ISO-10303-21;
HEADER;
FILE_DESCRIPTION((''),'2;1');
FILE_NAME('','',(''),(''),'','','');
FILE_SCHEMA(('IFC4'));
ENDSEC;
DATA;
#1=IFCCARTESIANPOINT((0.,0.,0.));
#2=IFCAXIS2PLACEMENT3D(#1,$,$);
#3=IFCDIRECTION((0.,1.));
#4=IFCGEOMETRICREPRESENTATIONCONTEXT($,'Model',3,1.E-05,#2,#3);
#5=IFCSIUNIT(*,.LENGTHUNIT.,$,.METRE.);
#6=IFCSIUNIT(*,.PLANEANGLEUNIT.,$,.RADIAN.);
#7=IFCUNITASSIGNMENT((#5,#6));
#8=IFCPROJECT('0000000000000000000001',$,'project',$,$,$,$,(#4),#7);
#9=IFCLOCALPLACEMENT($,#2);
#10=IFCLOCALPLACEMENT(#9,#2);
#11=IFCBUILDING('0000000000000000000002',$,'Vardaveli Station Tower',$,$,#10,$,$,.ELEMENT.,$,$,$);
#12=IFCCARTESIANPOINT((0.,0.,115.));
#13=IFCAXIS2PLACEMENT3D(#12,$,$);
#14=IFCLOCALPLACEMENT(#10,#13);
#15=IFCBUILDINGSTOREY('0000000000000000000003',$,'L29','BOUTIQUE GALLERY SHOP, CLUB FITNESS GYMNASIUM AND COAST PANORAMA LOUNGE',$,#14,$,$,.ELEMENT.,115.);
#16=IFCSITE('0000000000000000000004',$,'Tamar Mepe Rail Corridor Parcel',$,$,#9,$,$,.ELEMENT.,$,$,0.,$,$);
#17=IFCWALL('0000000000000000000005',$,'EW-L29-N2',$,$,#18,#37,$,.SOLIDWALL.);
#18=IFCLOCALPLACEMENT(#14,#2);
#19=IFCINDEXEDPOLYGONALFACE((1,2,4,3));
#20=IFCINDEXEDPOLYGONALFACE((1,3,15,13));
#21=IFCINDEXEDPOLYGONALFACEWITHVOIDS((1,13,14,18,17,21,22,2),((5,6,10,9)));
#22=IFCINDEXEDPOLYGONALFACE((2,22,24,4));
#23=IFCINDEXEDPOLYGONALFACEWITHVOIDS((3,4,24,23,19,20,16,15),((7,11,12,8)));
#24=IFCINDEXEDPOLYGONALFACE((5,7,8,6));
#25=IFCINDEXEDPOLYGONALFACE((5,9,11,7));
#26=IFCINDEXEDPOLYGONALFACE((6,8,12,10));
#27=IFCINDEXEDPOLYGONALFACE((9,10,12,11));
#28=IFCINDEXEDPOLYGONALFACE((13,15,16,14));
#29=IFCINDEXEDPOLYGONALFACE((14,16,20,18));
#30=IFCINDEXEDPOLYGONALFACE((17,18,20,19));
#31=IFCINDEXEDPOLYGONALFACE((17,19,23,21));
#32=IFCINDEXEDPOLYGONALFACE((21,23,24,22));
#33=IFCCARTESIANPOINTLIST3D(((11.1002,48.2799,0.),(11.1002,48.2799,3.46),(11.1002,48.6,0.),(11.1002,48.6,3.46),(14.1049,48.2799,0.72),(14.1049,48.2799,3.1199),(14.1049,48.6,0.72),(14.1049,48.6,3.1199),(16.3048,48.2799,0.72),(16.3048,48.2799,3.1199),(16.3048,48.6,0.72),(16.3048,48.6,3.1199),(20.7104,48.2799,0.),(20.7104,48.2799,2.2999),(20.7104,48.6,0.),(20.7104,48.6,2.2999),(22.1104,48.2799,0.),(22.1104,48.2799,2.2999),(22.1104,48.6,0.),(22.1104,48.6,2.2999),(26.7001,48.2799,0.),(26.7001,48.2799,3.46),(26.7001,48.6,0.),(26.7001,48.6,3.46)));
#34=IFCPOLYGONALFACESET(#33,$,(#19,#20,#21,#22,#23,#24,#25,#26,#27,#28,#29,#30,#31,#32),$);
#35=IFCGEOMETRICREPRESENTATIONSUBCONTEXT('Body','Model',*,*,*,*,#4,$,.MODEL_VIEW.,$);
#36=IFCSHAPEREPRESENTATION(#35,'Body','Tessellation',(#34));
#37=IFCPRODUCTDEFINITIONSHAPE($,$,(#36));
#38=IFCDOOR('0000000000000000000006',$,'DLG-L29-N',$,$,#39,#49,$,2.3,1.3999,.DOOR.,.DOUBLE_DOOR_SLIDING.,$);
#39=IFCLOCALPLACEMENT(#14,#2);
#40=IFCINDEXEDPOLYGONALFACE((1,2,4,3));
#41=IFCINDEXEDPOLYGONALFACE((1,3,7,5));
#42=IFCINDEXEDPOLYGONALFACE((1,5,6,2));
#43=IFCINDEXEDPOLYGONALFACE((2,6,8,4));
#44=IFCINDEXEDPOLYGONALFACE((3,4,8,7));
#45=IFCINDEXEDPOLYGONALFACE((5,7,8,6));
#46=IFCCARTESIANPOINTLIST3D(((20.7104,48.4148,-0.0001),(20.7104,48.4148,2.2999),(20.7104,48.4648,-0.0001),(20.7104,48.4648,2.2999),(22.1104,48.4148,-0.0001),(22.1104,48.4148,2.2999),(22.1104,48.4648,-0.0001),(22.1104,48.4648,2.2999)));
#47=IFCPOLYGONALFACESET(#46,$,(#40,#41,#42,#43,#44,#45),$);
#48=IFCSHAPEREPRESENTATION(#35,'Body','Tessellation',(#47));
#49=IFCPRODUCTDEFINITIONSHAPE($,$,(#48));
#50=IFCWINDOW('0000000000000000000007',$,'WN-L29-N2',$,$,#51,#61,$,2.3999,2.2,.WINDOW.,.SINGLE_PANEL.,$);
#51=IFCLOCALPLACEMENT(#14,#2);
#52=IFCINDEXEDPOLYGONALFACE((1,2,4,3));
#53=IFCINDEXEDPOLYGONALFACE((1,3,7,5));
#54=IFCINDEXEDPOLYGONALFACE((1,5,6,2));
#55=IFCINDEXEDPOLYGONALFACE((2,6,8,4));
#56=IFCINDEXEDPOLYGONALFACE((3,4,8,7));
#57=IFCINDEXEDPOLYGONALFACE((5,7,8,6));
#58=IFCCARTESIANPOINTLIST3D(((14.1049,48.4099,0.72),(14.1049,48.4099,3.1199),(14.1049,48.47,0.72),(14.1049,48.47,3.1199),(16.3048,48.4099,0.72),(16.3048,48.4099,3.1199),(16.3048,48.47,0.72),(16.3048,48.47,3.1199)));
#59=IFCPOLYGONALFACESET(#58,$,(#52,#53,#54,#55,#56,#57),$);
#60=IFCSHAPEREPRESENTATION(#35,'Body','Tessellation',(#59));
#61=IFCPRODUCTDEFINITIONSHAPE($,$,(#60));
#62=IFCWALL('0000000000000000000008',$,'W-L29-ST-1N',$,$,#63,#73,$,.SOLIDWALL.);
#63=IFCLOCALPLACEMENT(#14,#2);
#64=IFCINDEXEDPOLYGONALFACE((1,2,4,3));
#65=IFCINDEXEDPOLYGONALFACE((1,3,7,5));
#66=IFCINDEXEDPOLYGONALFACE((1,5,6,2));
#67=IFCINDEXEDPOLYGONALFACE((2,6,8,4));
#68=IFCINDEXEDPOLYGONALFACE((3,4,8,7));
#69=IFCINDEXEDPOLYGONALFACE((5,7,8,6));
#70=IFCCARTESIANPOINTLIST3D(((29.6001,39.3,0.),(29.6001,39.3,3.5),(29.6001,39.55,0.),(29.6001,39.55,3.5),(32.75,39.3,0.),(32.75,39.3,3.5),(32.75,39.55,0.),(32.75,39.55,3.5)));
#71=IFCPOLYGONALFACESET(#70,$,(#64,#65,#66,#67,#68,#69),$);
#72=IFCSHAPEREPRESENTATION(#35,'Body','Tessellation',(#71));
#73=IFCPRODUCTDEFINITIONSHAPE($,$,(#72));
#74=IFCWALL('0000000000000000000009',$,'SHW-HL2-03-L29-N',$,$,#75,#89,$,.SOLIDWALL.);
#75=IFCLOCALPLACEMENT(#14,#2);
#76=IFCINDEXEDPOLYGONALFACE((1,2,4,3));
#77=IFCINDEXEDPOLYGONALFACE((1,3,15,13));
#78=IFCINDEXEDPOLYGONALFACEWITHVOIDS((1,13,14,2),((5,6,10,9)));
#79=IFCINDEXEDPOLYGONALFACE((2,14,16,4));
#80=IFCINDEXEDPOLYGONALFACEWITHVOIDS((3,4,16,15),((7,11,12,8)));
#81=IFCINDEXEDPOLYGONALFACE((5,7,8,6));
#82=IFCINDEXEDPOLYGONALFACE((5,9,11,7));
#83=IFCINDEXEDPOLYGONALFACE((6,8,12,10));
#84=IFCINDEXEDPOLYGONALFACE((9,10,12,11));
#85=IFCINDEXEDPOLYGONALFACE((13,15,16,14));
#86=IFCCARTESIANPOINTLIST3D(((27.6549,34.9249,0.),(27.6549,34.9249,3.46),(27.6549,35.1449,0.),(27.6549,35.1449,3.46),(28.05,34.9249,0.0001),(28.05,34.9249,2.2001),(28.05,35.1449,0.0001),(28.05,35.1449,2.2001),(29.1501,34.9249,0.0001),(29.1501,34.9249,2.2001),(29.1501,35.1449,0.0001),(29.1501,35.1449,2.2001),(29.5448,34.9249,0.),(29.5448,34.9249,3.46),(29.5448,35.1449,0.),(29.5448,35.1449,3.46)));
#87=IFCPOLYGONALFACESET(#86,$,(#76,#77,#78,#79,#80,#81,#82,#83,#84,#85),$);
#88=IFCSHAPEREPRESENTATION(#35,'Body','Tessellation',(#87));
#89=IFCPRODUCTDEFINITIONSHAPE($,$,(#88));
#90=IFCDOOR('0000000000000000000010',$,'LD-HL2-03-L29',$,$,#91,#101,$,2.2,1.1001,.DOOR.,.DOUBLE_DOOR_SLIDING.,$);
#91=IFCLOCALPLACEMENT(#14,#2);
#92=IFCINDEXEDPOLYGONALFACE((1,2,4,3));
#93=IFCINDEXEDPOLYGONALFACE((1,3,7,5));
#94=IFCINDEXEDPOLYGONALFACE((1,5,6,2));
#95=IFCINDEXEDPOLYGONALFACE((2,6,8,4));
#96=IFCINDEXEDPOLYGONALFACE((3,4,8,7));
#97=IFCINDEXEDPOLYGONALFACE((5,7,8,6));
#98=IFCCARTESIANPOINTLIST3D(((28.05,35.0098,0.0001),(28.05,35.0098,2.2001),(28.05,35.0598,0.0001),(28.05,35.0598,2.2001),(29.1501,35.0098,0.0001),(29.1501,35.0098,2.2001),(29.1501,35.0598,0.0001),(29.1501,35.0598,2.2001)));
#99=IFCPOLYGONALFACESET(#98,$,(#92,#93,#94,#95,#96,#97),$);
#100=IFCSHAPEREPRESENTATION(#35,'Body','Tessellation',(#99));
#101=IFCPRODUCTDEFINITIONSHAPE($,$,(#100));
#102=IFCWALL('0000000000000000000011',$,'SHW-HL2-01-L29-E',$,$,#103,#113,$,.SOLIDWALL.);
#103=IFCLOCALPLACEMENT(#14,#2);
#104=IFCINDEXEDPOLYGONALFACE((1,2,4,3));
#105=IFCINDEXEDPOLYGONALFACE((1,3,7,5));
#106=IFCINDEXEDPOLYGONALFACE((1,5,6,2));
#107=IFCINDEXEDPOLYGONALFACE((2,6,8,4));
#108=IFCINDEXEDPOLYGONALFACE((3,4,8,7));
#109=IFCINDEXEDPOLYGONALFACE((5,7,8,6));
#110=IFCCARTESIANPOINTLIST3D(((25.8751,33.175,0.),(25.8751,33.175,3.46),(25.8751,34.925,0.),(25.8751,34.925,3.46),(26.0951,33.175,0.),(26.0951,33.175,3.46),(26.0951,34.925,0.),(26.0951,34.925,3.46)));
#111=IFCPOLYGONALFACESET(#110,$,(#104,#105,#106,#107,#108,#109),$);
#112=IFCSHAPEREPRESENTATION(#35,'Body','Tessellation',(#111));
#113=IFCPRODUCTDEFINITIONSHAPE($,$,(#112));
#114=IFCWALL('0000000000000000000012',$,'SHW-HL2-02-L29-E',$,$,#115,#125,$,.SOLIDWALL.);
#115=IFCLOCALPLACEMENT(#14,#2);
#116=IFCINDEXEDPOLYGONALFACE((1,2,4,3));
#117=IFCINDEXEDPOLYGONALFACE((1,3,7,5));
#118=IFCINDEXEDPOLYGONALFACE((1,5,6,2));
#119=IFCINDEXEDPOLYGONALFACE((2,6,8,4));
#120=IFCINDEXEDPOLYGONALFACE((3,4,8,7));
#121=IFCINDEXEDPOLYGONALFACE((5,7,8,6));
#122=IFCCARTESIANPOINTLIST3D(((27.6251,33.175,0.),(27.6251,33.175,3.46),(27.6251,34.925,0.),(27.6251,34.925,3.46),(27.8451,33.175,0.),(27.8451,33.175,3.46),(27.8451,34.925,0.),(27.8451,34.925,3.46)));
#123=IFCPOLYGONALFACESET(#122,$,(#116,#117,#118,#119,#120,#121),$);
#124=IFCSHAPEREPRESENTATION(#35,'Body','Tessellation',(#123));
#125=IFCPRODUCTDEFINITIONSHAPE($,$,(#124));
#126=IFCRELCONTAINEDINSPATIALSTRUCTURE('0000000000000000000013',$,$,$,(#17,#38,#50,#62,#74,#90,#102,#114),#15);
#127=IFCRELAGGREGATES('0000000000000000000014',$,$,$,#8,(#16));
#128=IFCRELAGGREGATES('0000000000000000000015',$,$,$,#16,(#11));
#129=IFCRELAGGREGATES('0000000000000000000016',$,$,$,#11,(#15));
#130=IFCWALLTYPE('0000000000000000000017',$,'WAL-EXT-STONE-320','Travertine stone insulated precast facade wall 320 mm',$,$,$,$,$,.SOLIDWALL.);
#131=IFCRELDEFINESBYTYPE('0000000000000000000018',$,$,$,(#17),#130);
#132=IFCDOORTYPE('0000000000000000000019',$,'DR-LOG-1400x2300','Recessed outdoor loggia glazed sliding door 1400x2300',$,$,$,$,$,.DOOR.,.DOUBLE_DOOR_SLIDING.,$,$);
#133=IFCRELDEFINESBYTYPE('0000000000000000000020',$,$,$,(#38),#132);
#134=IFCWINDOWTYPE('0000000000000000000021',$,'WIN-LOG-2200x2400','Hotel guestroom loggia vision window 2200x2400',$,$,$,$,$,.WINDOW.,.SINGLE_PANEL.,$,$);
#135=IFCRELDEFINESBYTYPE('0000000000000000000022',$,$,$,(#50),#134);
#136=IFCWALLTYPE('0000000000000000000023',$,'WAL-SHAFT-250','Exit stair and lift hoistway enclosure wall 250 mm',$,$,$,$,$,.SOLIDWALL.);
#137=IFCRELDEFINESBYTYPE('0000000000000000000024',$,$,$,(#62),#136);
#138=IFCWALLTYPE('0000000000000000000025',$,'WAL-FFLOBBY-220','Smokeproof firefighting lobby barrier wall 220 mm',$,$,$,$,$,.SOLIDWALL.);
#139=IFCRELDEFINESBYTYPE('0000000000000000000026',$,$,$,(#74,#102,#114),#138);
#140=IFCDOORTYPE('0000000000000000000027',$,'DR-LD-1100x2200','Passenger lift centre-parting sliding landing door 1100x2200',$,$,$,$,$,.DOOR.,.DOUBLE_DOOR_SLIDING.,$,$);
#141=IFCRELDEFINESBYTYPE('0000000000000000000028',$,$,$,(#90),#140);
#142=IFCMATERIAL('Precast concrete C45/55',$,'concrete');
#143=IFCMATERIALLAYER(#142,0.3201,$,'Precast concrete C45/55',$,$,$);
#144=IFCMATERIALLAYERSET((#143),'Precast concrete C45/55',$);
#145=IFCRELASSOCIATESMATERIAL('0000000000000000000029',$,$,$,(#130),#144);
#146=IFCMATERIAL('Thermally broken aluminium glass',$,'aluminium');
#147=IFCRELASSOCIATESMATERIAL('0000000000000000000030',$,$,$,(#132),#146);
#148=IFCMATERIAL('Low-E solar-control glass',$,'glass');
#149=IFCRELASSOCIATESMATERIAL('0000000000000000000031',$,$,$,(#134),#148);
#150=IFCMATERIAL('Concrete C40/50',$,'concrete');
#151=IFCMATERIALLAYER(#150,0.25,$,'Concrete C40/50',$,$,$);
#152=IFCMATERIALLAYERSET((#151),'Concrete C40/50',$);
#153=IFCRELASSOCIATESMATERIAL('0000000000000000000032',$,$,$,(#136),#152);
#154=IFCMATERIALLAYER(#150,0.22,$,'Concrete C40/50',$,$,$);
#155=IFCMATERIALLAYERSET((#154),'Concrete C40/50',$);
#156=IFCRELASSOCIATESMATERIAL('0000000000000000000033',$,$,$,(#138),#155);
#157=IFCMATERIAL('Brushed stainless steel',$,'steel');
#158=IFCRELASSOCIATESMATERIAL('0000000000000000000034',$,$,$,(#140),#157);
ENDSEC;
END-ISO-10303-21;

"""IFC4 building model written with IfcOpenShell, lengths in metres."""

from ifc_helpers import new_model, si_unit, direction, frame, frame_2d, origin, place, context, subcontext, project, spatial, rectangle, extrude, source, transform, mapped, material, layer, layer_set, type_object, element, fill, save


model = new_model("IFC4")

# Units and contexts
model_context = context("Model", 3, precision=1e-05, world=origin(), true_north=direction((0.0, 1.0)))
body_context = subcontext(model_context, "Body", "Model", "MODEL_VIEW")
ifc_project = project(units=[si_unit("LENGTHUNIT", "METRE"), si_unit("PLANEANGLEUNIT", "RADIAN")], contexts=[model_context])

# Site, building, storey
site_placement = place(None, origin())
site = spatial("IfcSite", under=ifc_project, at=site_placement, Name="Tamar Mepe Rail Corridor Parcel", CompositionType="ELEMENT", RefElevation=0.0)
building_placement = place(site_placement, origin())
building = spatial("IfcBuilding", under=site, at=building_placement, Name="Vardaveli Station Tower", CompositionType="ELEMENT")
storey_placement = place(building_placement, frame((0.0, 0.0, 115.0)))
storey = spatial("IfcBuildingStorey", under=building, at=storey_placement, Name="L29", Description="BOUTIQUE GALLERY SHOP, CLUB FITNESS GYMNASIUM AND COAST PANORAMA LOUNGE", CompositionType="ELEMENT", Elevation=115.0)

# Shared definitions
ifc_material_1 = material(Name="Precast concrete C45/55", Category="concrete")

# Wall, openings, door, window
ifc_layer_1 = layer(ifc_material_1, 0.3201, Name="Precast concrete C45/55")
ifc_layer_set_1 = layer_set([ifc_layer_1], Name="Precast concrete C45/55")
wall_type_1 = type_object("IfcWallType", Name="WAL-EXT-STONE-320", Description="Travertine stone insulated precast facade wall 320 mm", PredefinedType="SOLIDWALL", material=ifc_layer_set_1)
shared_shape_1 = source(origin(), body_context, "Body", "SweptSolid", [
    extrude(rectangle(XDim=15.5999, YDim=0.3201, at=frame_2d((7.7998, 0.0))), origin(), (0.0, 0.0, 1.0), 3.46),
])
wall_1_placement = place(storey_placement, frame((26.7, 48.4399, 0.0), z_axis=(0.0, 0.0, 1.0), x_axis=(-1.0, 0.0, 0.0)))
wall_1 = element("IfcWall", 1, at=wall_1_placement, inside=storey, type_object=wall_type_1, Name="EW-L29-N2", PredefinedType="SOLIDWALL", context=body_context, shape_type="MappedRepresentation", body=[
    mapped(shared_shape_1, transform((0.0, 0.0, 0.0), scale=1.0)),
])
shared_shape_2 = source(origin(), body_context, "Body", "SweptSolid", [
    extrude(rectangle(XDim=1.3999, YDim=2.3, at=frame_2d((0.7, 1.1499))), frame((0.0, 0.1699, 0.0), z_axis=(0.0, -1.0, 0.0), x_axis=(1.0, 0.0, 0.0)), (0.0, 0.0, 1.0), 0.3401),
])
opening_1_placement = place(wall_1_placement, frame((4.5896, 0.0, 0.0)))
opening_1 = element("IfcOpeningElement", 2, at=opening_1_placement, cuts=wall_1, PredefinedType="OPENING", context=body_context, shape_type="MappedRepresentation", body=[
    mapped(shared_shape_2, transform((0.0, 0.0, 0.0), scale=1.0)),
])
shared_shape_3 = source(origin(), body_context, "Body", "SweptSolid", [
    extrude(rectangle(XDim=2.2, YDim=2.3999, at=frame_2d((1.1001, 1.2))), frame((0.0, 0.1699, 0.0), z_axis=(0.0, -1.0, 0.0), x_axis=(1.0, 0.0, 0.0)), (0.0, 0.0, 1.0), 0.3401),
])
opening_2_placement = place(wall_1_placement, frame((10.395, 0.0, 0.72)))
opening_2 = element("IfcOpeningElement", 3, at=opening_2_placement, cuts=wall_1, PredefinedType="OPENING", context=body_context, shape_type="MappedRepresentation", body=[
    mapped(shared_shape_3, transform((0.0, 0.0, 0.0), scale=1.0)),
])
ifc_material_2 = material(Name="Thermally broken aluminium glass", Category="aluminium")
door_type_1 = type_object("IfcDoorType", Name="DR-LOG-1400x2300", Description="Recessed outdoor loggia glazed sliding door 1400x2300", OperationType="DOUBLE_DOOR_SLIDING", PredefinedType="DOOR", material=ifc_material_2)
shared_shape_4 = source(origin(), body_context, "Body", "SweptSolid", [
    extrude(rectangle(XDim=1.3999, YDim=2.3, at=frame_2d((0.7, 1.1499))), frame((0.0, 0.0249, 0.0), z_axis=(0.0, -1.0, 0.0), x_axis=(1.0, 0.0, 0.0)), (0.0, 0.0, 1.0), 0.05),
])
door_1_placement = place(opening_1_placement, frame((1.3999, 0.0, 0.0), z_axis=(0.0, 0.0, 1.0), x_axis=(-1.0, 0.0, 0.0)))
door_1 = element("IfcDoor", 4, at=door_1_placement, inside=storey, type_object=door_type_1, Name="DLG-L29-N", OperationType="DOUBLE_DOOR_SLIDING", OverallHeight=2.3, OverallWidth=1.3999, PredefinedType="DOOR", context=body_context, shape_type="MappedRepresentation", body=[
    mapped(shared_shape_4, transform((0.0, 0.0, 0.0), scale=1.0)),
])
fill(opening_1, door_1)
ifc_material_3 = material(Name="Low-E solar-control glass", Category="glass")
window_type = type_object("IfcWindowType", Name="WIN-LOG-2200x2400", Description="Hotel guestroom loggia vision window 2200x2400", PartitioningType="SINGLE_PANEL", PredefinedType="WINDOW", material=ifc_material_3)
shared_shape_5 = source(origin(), body_context, "Body", "SweptSolid", [
    extrude(rectangle(XDim=2.2, YDim=2.3999, at=frame_2d((1.1001, 1.2))), frame((0.0, 0.03, 0.0), z_axis=(0.0, -1.0, 0.0), x_axis=(1.0, 0.0, 0.0)), (0.0, 0.0, 1.0), 0.0601),
])
window_placement = place(opening_2_placement, origin())
window = element("IfcWindow", 5, at=window_placement, inside=storey, type_object=window_type, Name="WN-L29-N2", OverallHeight=2.3999, OverallWidth=2.2, PartitioningType="SINGLE_PANEL", PredefinedType="WINDOW", context=body_context, shape_type="MappedRepresentation", body=[
    mapped(shared_shape_5, transform((0.0, 0.0, 0.0), scale=1.0)),
])
fill(opening_2, window)

# Wall
ifc_material_4 = material(Name="Concrete C40/50", Category="concrete")
ifc_layer_2 = layer(ifc_material_4, 0.25, Name="Concrete C40/50")
ifc_layer_set_2 = layer_set([ifc_layer_2], Name="Concrete C40/50")
wall_type_2 = type_object("IfcWallType", Name="WAL-SHAFT-250", Description="Exit stair and lift hoistway enclosure wall 250 mm", PredefinedType="SOLIDWALL", material=ifc_layer_set_2)
shared_shape_6 = source(origin(), body_context, "Body", "SweptSolid", [
    extrude(rectangle(XDim=3.1499, YDim=0.25, at=frame_2d((1.575, 0.0))), origin(), (0.0, 0.0, 1.0), 3.5),
])
wall_2_placement = place(storey_placement, frame((29.6001, 39.425, 0.0), z_axis=(0.0, 0.0, 1.0), x_axis=(1.0, 0.0, 0.0)))
element("IfcWall", 6, at=wall_2_placement, inside=storey, type_object=wall_type_2, Name="W-L29-ST-1N", PredefinedType="SOLIDWALL", context=body_context, shape_type="MappedRepresentation", body=[
    mapped(shared_shape_6, transform((0.0, 0.0, 0.0), scale=1.0)),
])

# Wall, opening, door
ifc_layer_3 = layer(ifc_material_4, 0.22, Name="Concrete C40/50")
ifc_layer_set_3 = layer_set([ifc_layer_3], Name="Concrete C40/50")
wall_type_3 = type_object("IfcWallType", Name="WAL-FFLOBBY-220", Description="Smokeproof firefighting lobby barrier wall 220 mm", PredefinedType="SOLIDWALL", material=ifc_layer_set_3)
shared_shape_7 = source(origin(), body_context, "Body", "SweptSolid", [
    extrude(rectangle(XDim=1.8899, YDim=0.22, at=frame_2d((0.9448, 0.0))), origin(), (0.0, 0.0, 1.0), 3.46),
])
wall_3_placement = place(storey_placement, frame((27.655, 35.0349, 0.0), z_axis=(0.0, 0.0, 1.0), x_axis=(1.0, 0.0, 0.0)))
wall_3 = element("IfcWall", 7, at=wall_3_placement, inside=storey, type_object=wall_type_3, Name="SHW-HL2-03-L29-N", PredefinedType="SOLIDWALL", context=body_context, shape_type="MappedRepresentation", body=[
    mapped(shared_shape_7, transform((0.0, 0.0, 0.0), scale=1.0)),
])
shared_shape_8 = source(origin(), body_context, "Body", "SweptSolid", [
    extrude(rectangle(XDim=1.1001, YDim=2.2, at=frame_2d((0.55, 1.1001))), frame((0.0, 0.1201, 0.0), z_axis=(0.0, -1.0, 0.0), x_axis=(1.0, 0.0, 0.0)), (0.0, 0.0, 1.0), 0.24),
])
opening_3_placement = place(wall_3_placement, frame((0.395, 0.0, 0.0)))
opening_3 = element("IfcOpeningElement", 8, at=opening_3_placement, cuts=wall_3, PredefinedType="OPENING", context=body_context, shape_type="MappedRepresentation", body=[
    mapped(shared_shape_8, transform((0.0, 0.0, 0.0), scale=1.0)),
])
ifc_material_5 = material(Name="Brushed stainless steel", Category="steel")
door_type_2 = type_object("IfcDoorType", Name="DR-LD-1100x2200", Description="Passenger lift centre-parting sliding landing door 1100x2200", OperationType="DOUBLE_DOOR_SLIDING", PredefinedType="DOOR", material=ifc_material_5)
shared_shape_9 = source(origin(), body_context, "Body", "SweptSolid", [
    extrude(rectangle(XDim=1.1001, YDim=2.2, at=frame_2d((0.55, 1.1001))), frame((0.0, 0.0249, 0.0), z_axis=(0.0, -1.0, 0.0), x_axis=(1.0, 0.0, 0.0)), (0.0, 0.0, 1.0), 0.05),
])
door_2_placement = place(opening_3_placement, origin())
door_2 = element("IfcDoor", 9, at=door_2_placement, inside=storey, type_object=door_type_2, Name="LD-HL2-03-L29", OperationType="DOUBLE_DOOR_SLIDING", OverallHeight=2.2, OverallWidth=1.1001, PredefinedType="DOOR", context=body_context, shape_type="MappedRepresentation", body=[
    mapped(shared_shape_9, transform((0.0, 0.0, 0.0), scale=1.0)),
])
fill(opening_3, door_2)

# Walls
shared_shape_10 = source(origin(), body_context, "Body", "SweptSolid", [
    extrude(rectangle(XDim=1.75, YDim=0.22, at=frame_2d((0.875, 0.0))), origin(), (0.0, 0.0, 1.0), 3.46),
])
for number, where, z_axis, x_axis, name in (
    (10, (25.9851, 33.175, 0.0), (0.0, 0.0, 1.0), (0.0, 1.0, 0.0), "SHW-HL2-01-L29-E"),
    (11, (27.7351, 33.175, 0.0), (0.0, 0.0, 1.0), (0.0, 1.0, 0.0), "SHW-HL2-02-L29-E"),
):
    element("IfcWall", number, at=place(storey_placement, frame(where, z_axis=z_axis, x_axis=x_axis)), inside=storey, type_object=wall_type_3, Name=name, PredefinedType="SOLIDWALL", context=body_context, shape_type="MappedRepresentation", body=[
        mapped(shared_shape_10, transform((0.0, 0.0, 0.0), scale=1.0)),
    ])

save(model, "model.ifc")
